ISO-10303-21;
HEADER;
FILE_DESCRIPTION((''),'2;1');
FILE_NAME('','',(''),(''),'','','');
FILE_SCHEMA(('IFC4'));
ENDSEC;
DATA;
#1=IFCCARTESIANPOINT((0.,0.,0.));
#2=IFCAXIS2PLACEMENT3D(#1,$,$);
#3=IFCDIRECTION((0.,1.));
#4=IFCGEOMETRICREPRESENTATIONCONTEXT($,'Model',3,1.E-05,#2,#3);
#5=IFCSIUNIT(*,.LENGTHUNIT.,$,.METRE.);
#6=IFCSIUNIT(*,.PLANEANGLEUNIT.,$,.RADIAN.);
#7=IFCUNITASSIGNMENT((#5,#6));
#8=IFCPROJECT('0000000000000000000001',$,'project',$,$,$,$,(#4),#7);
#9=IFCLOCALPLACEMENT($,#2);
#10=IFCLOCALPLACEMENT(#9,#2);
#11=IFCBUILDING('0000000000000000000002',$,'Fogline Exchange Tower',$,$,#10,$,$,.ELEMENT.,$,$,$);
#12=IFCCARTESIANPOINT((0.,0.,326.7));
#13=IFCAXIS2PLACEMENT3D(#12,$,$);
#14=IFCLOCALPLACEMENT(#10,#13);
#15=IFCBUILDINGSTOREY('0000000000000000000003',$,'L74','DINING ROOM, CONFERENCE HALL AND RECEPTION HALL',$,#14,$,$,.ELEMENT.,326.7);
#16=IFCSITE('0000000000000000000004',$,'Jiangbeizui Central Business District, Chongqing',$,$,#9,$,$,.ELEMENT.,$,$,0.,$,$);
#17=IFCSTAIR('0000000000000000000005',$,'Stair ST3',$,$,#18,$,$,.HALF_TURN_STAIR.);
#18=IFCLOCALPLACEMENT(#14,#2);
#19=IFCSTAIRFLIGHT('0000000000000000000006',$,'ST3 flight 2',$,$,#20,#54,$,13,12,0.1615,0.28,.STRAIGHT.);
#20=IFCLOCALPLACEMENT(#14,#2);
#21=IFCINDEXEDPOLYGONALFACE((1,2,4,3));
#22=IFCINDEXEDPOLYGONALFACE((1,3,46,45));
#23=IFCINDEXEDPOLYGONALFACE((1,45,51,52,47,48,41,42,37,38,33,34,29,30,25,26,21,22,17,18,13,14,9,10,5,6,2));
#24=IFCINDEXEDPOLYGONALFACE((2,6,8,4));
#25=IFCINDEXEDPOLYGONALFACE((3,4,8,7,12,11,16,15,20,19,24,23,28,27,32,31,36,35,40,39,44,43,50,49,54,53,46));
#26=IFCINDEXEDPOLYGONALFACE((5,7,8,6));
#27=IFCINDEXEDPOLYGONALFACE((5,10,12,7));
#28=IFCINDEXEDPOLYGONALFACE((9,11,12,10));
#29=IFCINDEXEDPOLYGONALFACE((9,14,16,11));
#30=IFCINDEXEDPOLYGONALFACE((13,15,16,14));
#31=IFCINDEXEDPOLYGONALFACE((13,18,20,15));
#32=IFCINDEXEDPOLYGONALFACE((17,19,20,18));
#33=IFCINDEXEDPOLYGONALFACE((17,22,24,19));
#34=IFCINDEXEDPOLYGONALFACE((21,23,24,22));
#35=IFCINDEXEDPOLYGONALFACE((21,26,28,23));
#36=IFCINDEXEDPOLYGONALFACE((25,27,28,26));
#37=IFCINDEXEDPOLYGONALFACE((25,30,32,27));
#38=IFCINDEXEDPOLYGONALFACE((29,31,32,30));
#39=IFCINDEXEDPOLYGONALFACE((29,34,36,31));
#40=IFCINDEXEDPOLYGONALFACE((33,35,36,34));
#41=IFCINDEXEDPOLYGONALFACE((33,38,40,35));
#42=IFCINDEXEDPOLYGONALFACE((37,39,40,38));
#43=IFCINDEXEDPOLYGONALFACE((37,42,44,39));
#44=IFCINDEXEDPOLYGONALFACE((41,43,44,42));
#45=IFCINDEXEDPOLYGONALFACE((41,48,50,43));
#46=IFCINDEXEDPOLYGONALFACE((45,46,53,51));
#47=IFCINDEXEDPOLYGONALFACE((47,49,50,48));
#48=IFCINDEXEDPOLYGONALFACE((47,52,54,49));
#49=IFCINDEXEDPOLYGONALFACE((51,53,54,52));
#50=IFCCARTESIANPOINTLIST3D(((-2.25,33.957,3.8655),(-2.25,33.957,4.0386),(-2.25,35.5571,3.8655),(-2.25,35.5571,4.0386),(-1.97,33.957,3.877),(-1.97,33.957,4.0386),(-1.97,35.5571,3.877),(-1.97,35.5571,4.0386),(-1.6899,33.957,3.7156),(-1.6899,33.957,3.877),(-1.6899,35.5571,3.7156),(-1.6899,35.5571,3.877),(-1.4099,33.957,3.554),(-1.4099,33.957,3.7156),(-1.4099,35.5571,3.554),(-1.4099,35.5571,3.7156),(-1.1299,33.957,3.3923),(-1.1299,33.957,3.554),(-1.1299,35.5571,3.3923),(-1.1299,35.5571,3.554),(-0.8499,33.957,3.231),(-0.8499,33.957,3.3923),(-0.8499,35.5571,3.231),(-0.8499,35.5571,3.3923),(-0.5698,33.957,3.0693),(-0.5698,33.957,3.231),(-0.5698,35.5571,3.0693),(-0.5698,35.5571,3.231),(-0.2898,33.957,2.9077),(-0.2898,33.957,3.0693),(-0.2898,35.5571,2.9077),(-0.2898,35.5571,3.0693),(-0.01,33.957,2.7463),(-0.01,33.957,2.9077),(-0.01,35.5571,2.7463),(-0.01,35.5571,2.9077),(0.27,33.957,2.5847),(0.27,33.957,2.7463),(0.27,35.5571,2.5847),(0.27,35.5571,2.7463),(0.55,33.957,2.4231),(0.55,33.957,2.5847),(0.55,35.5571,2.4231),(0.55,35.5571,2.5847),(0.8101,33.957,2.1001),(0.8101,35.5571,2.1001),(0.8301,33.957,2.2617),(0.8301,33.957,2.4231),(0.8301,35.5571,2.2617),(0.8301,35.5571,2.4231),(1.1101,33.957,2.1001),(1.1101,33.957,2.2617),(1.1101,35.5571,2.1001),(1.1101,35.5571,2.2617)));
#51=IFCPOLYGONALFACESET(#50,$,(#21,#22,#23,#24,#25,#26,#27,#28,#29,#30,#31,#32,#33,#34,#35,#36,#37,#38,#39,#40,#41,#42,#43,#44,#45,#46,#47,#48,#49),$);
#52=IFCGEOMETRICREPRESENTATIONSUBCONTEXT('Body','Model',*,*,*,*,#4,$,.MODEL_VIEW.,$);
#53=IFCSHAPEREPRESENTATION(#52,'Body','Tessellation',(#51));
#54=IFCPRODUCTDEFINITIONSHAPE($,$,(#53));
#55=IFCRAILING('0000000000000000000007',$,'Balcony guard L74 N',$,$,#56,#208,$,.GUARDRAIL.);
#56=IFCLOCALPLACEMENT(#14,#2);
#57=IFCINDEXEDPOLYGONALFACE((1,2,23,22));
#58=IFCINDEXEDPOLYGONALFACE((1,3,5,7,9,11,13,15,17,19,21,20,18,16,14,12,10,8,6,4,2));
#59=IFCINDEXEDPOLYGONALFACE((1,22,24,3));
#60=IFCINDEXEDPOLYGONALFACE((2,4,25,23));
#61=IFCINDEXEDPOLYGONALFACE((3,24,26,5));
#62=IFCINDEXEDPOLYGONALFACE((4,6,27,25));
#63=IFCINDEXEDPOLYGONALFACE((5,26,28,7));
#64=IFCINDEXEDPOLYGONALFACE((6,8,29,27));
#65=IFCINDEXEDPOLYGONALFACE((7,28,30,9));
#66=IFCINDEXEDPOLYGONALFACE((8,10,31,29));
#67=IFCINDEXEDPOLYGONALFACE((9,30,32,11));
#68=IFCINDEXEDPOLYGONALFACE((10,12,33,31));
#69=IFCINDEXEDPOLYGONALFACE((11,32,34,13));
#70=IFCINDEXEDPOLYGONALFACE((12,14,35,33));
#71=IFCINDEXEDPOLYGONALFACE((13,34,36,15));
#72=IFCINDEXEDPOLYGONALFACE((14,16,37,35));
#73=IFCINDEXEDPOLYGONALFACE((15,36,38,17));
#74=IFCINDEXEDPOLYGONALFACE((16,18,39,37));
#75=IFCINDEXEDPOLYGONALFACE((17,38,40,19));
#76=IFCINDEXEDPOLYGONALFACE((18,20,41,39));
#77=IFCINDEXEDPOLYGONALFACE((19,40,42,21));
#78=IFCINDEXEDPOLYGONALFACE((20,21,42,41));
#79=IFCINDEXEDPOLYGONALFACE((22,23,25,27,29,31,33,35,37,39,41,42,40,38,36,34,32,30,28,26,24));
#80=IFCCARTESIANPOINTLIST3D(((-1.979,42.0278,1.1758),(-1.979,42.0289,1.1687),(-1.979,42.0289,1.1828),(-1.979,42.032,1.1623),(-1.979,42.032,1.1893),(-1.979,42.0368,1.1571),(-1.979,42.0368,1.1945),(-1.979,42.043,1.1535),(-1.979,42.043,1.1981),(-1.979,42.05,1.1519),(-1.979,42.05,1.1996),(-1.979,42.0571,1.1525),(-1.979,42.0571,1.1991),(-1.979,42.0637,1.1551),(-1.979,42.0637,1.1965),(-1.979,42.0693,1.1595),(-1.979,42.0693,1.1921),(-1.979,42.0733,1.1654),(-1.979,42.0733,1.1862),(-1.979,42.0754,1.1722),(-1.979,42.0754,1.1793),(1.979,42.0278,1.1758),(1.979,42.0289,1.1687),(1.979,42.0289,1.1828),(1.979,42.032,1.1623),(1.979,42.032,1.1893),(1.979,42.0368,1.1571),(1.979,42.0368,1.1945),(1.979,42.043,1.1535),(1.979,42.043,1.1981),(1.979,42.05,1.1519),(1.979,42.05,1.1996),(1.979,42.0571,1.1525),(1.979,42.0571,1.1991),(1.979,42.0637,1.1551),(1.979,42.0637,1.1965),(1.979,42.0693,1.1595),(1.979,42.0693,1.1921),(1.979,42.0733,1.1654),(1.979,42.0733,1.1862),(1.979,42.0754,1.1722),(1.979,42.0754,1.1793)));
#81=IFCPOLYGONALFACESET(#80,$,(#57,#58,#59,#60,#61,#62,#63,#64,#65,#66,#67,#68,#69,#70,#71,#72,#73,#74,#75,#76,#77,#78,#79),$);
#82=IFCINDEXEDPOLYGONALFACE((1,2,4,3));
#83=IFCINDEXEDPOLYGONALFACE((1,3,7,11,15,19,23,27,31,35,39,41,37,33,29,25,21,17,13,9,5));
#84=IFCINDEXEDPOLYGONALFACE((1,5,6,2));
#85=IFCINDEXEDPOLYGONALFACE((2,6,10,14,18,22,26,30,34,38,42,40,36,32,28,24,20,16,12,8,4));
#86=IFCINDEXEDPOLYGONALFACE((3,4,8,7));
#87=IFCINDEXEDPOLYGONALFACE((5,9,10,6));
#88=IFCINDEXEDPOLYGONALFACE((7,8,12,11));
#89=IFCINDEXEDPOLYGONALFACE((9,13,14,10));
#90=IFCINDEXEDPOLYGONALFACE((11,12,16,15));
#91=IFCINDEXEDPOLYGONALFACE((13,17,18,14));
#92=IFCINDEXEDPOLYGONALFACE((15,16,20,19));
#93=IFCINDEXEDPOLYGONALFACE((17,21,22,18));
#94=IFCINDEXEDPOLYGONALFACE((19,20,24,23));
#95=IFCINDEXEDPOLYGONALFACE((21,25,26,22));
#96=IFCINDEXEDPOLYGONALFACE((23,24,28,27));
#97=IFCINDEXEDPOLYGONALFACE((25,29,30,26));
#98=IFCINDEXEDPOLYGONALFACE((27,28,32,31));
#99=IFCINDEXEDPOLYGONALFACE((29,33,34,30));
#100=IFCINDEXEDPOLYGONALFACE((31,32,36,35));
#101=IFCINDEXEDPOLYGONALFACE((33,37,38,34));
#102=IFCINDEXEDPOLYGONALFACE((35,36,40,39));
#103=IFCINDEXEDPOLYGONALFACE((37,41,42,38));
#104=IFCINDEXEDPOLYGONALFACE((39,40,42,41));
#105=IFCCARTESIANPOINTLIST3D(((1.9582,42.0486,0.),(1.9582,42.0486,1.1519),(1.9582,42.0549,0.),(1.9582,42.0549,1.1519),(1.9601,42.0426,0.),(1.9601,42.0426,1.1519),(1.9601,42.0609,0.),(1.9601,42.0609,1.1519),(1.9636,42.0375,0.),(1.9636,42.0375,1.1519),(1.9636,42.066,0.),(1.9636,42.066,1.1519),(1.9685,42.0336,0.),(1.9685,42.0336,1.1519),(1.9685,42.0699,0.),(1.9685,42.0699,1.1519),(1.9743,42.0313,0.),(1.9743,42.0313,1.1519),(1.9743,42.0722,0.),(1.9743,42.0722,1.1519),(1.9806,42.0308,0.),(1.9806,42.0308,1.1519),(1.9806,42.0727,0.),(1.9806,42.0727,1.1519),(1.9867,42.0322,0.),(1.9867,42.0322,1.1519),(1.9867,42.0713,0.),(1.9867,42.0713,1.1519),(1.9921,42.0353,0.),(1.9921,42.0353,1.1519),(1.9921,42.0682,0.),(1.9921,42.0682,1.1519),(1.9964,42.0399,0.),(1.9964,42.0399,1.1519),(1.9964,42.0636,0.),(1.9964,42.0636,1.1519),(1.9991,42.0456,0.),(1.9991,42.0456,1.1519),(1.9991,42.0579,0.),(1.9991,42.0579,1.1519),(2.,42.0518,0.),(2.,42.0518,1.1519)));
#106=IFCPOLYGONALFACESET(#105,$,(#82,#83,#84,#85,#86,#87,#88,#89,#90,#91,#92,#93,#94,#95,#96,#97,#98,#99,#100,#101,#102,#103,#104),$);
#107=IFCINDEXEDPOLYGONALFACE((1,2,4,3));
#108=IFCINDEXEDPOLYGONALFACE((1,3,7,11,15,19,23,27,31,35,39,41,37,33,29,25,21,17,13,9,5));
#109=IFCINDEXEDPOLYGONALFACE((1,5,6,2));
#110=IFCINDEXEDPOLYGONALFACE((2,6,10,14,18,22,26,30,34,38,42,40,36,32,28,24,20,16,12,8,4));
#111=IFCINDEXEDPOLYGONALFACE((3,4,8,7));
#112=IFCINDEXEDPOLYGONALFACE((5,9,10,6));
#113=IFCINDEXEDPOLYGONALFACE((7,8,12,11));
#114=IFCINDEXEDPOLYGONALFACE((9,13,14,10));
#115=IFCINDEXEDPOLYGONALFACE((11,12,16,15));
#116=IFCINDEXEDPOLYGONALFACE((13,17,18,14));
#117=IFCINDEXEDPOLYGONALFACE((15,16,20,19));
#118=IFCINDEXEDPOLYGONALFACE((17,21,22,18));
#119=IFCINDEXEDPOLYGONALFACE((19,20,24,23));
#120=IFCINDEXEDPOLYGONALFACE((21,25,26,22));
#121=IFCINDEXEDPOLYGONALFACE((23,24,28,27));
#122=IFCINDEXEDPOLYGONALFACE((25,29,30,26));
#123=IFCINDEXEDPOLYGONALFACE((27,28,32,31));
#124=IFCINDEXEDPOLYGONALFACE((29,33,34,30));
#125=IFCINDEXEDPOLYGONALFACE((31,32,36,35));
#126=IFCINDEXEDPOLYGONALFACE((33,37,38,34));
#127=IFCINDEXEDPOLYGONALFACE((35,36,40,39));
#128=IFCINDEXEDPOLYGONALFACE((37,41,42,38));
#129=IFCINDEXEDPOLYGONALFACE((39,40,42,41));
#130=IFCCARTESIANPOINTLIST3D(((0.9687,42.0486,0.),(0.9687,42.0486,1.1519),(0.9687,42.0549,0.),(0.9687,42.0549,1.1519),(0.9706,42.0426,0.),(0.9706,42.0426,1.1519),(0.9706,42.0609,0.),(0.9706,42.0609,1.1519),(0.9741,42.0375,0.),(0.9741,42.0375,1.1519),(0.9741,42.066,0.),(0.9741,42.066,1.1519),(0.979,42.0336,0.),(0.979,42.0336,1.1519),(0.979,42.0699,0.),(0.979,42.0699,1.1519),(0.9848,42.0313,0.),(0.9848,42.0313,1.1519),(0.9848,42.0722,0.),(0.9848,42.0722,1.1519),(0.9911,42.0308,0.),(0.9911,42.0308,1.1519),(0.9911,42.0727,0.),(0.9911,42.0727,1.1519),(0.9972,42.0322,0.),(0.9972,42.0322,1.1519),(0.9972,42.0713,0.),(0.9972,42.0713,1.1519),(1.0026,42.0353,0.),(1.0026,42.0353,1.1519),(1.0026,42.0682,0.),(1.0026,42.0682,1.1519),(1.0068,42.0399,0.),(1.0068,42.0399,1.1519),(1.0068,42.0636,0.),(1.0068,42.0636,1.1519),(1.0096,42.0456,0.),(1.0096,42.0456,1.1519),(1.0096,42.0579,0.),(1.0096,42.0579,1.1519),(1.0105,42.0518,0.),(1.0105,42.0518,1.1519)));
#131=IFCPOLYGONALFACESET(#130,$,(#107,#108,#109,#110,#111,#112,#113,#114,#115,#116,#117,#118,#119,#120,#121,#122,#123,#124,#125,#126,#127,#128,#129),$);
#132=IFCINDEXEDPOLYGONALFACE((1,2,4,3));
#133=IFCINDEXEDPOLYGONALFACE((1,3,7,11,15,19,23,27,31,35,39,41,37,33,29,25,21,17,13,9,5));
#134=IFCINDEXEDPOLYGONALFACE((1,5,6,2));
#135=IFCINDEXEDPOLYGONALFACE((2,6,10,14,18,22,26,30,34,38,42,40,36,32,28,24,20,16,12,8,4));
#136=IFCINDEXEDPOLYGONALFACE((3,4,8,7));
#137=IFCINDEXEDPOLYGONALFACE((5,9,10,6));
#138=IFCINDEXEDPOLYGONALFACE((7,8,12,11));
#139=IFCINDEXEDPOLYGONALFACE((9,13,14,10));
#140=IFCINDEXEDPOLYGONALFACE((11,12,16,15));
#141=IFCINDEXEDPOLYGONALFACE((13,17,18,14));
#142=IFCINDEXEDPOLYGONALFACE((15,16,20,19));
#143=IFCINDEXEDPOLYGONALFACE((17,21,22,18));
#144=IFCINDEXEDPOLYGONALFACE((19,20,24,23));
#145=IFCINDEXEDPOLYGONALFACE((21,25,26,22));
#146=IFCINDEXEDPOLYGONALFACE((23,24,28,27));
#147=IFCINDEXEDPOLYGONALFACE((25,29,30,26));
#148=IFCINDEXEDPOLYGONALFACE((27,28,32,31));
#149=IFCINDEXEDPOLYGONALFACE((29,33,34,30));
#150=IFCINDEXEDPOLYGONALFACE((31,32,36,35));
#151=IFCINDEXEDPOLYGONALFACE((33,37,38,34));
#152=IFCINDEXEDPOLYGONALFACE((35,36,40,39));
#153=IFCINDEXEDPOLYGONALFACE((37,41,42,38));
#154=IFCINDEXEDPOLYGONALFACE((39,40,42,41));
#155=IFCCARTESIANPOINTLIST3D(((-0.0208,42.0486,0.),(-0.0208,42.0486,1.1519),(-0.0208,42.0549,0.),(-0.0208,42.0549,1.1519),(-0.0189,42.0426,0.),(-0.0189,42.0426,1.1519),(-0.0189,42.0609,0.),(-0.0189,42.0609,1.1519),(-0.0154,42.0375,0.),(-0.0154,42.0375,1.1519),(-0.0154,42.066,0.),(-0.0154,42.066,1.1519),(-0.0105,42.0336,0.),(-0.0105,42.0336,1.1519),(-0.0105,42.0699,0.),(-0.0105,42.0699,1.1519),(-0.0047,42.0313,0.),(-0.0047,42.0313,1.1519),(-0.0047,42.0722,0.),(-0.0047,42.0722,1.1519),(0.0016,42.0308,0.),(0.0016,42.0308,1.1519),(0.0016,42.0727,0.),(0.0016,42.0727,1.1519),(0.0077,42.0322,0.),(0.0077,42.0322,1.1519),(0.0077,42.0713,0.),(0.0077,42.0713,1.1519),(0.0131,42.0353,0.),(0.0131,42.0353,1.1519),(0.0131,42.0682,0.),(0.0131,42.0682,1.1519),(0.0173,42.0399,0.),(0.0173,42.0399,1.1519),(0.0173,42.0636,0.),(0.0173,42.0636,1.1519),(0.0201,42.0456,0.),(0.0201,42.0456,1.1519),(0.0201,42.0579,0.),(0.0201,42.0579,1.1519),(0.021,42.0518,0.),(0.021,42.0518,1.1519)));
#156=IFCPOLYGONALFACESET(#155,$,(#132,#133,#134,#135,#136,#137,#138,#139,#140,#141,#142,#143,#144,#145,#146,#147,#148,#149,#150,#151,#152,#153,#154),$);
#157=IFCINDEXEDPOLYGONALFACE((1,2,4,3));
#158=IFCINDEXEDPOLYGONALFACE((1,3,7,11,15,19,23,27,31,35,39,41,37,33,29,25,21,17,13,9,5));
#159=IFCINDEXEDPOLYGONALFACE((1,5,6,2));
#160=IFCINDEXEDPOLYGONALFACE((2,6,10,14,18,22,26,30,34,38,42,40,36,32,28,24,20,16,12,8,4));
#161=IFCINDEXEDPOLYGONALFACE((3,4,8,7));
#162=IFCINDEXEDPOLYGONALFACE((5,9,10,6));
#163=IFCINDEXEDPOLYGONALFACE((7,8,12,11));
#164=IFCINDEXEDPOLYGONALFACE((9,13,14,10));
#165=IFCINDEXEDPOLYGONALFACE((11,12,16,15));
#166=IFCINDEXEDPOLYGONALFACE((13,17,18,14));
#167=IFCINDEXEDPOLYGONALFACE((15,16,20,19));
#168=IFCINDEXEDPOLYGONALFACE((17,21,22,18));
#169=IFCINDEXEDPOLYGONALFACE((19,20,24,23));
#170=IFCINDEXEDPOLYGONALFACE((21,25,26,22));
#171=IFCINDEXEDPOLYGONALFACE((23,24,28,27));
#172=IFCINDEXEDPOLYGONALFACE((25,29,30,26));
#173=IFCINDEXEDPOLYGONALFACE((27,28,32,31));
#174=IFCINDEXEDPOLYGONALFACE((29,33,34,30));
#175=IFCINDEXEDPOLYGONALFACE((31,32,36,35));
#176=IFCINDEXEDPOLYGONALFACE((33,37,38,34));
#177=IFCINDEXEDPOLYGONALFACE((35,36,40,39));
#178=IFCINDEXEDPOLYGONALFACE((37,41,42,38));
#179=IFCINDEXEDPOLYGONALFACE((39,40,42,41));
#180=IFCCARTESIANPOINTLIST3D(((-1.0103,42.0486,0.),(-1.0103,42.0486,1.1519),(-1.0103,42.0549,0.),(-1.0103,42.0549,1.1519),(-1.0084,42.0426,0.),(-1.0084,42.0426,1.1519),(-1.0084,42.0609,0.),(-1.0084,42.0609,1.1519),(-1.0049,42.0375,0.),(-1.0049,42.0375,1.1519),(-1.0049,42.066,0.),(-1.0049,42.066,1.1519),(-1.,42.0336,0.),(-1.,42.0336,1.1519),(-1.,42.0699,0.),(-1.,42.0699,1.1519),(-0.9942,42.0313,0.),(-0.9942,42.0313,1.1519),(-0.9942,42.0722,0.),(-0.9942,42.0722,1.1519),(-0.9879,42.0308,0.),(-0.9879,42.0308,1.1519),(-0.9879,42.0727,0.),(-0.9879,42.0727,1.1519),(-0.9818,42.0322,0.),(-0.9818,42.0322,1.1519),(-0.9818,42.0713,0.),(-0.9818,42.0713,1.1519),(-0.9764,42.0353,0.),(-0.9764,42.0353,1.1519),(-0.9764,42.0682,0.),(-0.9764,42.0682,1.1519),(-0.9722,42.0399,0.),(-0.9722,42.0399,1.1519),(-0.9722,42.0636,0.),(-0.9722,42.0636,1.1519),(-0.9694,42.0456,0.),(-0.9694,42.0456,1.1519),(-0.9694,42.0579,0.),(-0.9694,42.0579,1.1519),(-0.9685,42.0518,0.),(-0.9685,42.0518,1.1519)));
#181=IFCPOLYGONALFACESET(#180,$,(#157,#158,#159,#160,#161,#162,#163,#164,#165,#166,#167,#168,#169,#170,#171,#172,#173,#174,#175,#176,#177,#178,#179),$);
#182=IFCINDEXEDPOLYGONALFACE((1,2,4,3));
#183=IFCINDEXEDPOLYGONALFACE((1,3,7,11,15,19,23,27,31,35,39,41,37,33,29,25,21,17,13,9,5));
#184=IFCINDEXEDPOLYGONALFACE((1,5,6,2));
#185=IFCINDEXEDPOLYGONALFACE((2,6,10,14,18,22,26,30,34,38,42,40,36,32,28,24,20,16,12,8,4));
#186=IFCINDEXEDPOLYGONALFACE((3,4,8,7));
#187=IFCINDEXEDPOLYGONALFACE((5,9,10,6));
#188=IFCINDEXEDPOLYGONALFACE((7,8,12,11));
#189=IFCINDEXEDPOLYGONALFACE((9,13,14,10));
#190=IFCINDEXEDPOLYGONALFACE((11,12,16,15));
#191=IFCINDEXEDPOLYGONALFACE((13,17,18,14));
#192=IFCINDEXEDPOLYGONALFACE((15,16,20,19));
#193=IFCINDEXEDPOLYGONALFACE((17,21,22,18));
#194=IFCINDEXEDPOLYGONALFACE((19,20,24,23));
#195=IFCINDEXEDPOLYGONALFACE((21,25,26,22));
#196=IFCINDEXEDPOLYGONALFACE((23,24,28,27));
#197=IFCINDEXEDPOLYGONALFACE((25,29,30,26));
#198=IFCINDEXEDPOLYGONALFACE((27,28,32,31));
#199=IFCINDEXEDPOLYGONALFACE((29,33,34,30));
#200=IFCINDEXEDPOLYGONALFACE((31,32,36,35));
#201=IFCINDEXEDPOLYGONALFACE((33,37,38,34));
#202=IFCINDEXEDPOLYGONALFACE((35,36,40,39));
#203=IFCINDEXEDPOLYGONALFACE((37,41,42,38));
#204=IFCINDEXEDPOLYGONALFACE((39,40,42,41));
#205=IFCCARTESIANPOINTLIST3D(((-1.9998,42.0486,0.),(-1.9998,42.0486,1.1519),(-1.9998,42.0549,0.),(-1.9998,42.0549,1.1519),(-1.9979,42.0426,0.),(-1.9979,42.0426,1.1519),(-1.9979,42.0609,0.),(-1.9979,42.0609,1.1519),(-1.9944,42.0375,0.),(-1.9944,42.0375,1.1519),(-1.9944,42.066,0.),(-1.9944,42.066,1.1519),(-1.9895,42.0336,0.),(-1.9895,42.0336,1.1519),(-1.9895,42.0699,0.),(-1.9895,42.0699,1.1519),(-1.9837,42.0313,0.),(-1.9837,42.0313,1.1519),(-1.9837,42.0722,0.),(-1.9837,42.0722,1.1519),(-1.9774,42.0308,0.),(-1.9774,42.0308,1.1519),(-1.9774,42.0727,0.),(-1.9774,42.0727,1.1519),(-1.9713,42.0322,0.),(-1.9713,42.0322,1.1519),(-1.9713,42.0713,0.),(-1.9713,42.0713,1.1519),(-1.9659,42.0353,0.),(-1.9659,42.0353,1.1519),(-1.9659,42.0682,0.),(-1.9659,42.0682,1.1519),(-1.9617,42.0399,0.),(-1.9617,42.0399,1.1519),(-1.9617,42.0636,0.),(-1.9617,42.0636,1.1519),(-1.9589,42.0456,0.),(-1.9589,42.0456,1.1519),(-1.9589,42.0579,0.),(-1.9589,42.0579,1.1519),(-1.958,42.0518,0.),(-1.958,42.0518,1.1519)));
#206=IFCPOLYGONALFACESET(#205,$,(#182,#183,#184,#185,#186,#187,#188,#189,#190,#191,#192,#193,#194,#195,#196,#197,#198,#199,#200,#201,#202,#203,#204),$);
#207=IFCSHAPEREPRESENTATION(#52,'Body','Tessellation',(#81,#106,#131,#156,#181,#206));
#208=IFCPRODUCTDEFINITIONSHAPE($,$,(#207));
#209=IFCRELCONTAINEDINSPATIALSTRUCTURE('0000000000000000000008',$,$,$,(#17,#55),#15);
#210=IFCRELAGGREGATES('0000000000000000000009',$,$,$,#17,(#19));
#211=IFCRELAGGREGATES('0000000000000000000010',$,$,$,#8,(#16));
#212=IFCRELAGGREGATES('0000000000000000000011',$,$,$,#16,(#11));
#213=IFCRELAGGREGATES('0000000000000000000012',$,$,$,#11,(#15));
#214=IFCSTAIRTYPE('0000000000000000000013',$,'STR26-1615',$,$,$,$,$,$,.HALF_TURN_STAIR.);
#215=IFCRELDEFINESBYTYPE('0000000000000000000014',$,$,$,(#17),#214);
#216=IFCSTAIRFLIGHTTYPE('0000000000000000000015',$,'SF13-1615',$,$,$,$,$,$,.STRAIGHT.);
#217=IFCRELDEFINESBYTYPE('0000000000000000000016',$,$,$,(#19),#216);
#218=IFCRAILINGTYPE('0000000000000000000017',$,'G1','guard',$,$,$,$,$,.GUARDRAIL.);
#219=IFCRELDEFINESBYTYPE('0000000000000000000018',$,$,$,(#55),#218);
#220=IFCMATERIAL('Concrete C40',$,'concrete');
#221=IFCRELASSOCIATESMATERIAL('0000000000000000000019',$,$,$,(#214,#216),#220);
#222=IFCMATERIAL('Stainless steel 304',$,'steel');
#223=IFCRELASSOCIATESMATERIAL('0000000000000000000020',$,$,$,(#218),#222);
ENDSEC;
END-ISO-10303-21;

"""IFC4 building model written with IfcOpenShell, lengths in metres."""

from ifc_helpers import new_model, si_unit, direction, frame, origin, origin_2d, place, context, subcontext, project, spatial, polyline, circle, outline, extrude, material, type_object, element, aggregate, save


model = new_model("IFC4")

# Units and contexts
model_context = context("Model", 3, precision=1e-05, world=origin(), true_north=direction((0.0, 1.0)))
body_context = subcontext(model_context, "Body", "Model", "MODEL_VIEW")
ifc_project = project(units=[si_unit("LENGTHUNIT", "METRE"), si_unit("PLANEANGLEUNIT", "RADIAN")], contexts=[model_context])

# Site, building, storey
site_placement = place(None, origin())
site = spatial("IfcSite", under=ifc_project, at=site_placement, Name="Jiangbeizui Central Business District, Chongqing", CompositionType="ELEMENT", RefElevation=0.0)
building_placement = place(site_placement, origin())
building = spatial("IfcBuilding", under=site, at=building_placement, Name="Fogline Exchange Tower", CompositionType="ELEMENT")
storey_placement = place(building_placement, frame((0.0, 0.0, 326.7)))
storey = spatial("IfcBuildingStorey", under=building, at=storey_placement, Name="L74", Description="DINING ROOM, CONFERENCE HALL AND RECEPTION HALL", CompositionType="ELEMENT", Elevation=326.7)

# Shared definitions
ifc_material_1 = material(Name="Concrete C40", Category="concrete")

# Stair, stair flight
stair_type = type_object("IfcStairType", Name="STR26-1615", PredefinedType="HALF_TURN_STAIR", material=ifc_material_1)
stair_placement = place(storey_placement, origin())
stair = element("IfcStair", 1, at=stair_placement, inside=storey, type_object=stair_type, Name="Stair ST3", PredefinedType="HALF_TURN_STAIR")
stair_flight_type = type_object("IfcStairFlightType", Name="SF13-1615", PredefinedType="STRAIGHT", material=ifc_material_1)
stair_flight_placement = place(storey_placement, frame((1.1101, 34.7571, 2.1001), z_axis=(0.0, 0.0, 1.0), x_axis=(-1.0, 0.0, 0.0)))
stair_flight = element("IfcStairFlight", 2, at=stair_flight_placement, type_object=stair_flight_type, Name="ST3 flight 2", NumberOfRisers=13, NumberOfTreads=12, PredefinedType="STRAIGHT", RiserHeight=0.1615, TreadLength=0.28, context=body_context, shape_type="SweptSolid", body=[
    extrude(outline(polyline([(0.0, 0.0), (0.0, 0.1616), (0.28, 0.1616), (0.28, 0.323), (0.5601, 0.323), (0.5601, 0.4846), (0.8401, 0.4846), (0.8401, 0.6462), (1.1201, 0.6462), (1.1201, 0.8076), (1.3999, 0.8076), (1.3999, 0.9692), (1.6799, 0.9692), (1.6799, 1.1309), (1.96, 1.1309), (1.96, 1.2922), (2.24, 1.2922), (2.24, 1.4539), (2.52, 1.4539), (2.52, 1.6155), (2.8, 1.6155), (2.8, 1.7769), (3.0801, 1.7769), (3.0801, 1.9385), (3.3601, 1.9385), (3.3601, 2.1001), (3.3601, 1.7654), (0.3, 0.0), (0.0, 0.0)])), frame((0.0, 0.8, 0.0), z_axis=(0.0, -1.0, 0.0), x_axis=(1.0, 0.0, 0.0)), (0.0, 0.0, 1.0), 1.6001),
])
aggregate(stair, [stair_flight])

# Railing
ifc_material_2 = material(Name="Stainless steel 304", Category="steel")
railing_type = type_object("IfcRailingType", Name="G1", Description="guard", PredefinedType="GUARDRAIL", material=ifc_material_2)
railing_placement = place(storey_placement, frame((1.979, 42.0518, 0.0)))
element("IfcRailing", 3, at=railing_placement, inside=storey, type_object=railing_type, Name="Balcony guard L74 N", PredefinedType="GUARDRAIL", context=body_context, shape_type="SweptSolid", body=[
    extrude(circle(Radius=0.0239, at=origin_2d()), frame((0.0, 0.0, 1.1758), z_axis=(-1.0, 0.0, 0.0), x_axis=(0.0, -1.0, 0.0)), (0.0, 0.0, 1.0), 3.958),
    extrude(circle(Radius=0.021, at=origin_2d()), origin(), (0.0, 0.0, 1.0), 1.1519),
    extrude(circle(Radius=0.021, at=origin_2d()), frame((-0.9895, 0.0, 0.0)), (0.0, 0.0, 1.0), 1.1519),
    extrude(circle(Radius=0.021, at=origin_2d()), frame((-1.979, 0.0, 0.0)), (0.0, 0.0, 1.0), 1.1519),
    extrude(circle(Radius=0.021, at=origin_2d()), frame((-2.9685, 0.0, 0.0)), (0.0, 0.0, 1.0), 1.1519),
    extrude(circle(Radius=0.021, at=origin_2d()), frame((-3.958, 0.0, 0.0)), (0.0, 0.0, 1.0), 1.1519),
])

save(model, "model.ifc")
